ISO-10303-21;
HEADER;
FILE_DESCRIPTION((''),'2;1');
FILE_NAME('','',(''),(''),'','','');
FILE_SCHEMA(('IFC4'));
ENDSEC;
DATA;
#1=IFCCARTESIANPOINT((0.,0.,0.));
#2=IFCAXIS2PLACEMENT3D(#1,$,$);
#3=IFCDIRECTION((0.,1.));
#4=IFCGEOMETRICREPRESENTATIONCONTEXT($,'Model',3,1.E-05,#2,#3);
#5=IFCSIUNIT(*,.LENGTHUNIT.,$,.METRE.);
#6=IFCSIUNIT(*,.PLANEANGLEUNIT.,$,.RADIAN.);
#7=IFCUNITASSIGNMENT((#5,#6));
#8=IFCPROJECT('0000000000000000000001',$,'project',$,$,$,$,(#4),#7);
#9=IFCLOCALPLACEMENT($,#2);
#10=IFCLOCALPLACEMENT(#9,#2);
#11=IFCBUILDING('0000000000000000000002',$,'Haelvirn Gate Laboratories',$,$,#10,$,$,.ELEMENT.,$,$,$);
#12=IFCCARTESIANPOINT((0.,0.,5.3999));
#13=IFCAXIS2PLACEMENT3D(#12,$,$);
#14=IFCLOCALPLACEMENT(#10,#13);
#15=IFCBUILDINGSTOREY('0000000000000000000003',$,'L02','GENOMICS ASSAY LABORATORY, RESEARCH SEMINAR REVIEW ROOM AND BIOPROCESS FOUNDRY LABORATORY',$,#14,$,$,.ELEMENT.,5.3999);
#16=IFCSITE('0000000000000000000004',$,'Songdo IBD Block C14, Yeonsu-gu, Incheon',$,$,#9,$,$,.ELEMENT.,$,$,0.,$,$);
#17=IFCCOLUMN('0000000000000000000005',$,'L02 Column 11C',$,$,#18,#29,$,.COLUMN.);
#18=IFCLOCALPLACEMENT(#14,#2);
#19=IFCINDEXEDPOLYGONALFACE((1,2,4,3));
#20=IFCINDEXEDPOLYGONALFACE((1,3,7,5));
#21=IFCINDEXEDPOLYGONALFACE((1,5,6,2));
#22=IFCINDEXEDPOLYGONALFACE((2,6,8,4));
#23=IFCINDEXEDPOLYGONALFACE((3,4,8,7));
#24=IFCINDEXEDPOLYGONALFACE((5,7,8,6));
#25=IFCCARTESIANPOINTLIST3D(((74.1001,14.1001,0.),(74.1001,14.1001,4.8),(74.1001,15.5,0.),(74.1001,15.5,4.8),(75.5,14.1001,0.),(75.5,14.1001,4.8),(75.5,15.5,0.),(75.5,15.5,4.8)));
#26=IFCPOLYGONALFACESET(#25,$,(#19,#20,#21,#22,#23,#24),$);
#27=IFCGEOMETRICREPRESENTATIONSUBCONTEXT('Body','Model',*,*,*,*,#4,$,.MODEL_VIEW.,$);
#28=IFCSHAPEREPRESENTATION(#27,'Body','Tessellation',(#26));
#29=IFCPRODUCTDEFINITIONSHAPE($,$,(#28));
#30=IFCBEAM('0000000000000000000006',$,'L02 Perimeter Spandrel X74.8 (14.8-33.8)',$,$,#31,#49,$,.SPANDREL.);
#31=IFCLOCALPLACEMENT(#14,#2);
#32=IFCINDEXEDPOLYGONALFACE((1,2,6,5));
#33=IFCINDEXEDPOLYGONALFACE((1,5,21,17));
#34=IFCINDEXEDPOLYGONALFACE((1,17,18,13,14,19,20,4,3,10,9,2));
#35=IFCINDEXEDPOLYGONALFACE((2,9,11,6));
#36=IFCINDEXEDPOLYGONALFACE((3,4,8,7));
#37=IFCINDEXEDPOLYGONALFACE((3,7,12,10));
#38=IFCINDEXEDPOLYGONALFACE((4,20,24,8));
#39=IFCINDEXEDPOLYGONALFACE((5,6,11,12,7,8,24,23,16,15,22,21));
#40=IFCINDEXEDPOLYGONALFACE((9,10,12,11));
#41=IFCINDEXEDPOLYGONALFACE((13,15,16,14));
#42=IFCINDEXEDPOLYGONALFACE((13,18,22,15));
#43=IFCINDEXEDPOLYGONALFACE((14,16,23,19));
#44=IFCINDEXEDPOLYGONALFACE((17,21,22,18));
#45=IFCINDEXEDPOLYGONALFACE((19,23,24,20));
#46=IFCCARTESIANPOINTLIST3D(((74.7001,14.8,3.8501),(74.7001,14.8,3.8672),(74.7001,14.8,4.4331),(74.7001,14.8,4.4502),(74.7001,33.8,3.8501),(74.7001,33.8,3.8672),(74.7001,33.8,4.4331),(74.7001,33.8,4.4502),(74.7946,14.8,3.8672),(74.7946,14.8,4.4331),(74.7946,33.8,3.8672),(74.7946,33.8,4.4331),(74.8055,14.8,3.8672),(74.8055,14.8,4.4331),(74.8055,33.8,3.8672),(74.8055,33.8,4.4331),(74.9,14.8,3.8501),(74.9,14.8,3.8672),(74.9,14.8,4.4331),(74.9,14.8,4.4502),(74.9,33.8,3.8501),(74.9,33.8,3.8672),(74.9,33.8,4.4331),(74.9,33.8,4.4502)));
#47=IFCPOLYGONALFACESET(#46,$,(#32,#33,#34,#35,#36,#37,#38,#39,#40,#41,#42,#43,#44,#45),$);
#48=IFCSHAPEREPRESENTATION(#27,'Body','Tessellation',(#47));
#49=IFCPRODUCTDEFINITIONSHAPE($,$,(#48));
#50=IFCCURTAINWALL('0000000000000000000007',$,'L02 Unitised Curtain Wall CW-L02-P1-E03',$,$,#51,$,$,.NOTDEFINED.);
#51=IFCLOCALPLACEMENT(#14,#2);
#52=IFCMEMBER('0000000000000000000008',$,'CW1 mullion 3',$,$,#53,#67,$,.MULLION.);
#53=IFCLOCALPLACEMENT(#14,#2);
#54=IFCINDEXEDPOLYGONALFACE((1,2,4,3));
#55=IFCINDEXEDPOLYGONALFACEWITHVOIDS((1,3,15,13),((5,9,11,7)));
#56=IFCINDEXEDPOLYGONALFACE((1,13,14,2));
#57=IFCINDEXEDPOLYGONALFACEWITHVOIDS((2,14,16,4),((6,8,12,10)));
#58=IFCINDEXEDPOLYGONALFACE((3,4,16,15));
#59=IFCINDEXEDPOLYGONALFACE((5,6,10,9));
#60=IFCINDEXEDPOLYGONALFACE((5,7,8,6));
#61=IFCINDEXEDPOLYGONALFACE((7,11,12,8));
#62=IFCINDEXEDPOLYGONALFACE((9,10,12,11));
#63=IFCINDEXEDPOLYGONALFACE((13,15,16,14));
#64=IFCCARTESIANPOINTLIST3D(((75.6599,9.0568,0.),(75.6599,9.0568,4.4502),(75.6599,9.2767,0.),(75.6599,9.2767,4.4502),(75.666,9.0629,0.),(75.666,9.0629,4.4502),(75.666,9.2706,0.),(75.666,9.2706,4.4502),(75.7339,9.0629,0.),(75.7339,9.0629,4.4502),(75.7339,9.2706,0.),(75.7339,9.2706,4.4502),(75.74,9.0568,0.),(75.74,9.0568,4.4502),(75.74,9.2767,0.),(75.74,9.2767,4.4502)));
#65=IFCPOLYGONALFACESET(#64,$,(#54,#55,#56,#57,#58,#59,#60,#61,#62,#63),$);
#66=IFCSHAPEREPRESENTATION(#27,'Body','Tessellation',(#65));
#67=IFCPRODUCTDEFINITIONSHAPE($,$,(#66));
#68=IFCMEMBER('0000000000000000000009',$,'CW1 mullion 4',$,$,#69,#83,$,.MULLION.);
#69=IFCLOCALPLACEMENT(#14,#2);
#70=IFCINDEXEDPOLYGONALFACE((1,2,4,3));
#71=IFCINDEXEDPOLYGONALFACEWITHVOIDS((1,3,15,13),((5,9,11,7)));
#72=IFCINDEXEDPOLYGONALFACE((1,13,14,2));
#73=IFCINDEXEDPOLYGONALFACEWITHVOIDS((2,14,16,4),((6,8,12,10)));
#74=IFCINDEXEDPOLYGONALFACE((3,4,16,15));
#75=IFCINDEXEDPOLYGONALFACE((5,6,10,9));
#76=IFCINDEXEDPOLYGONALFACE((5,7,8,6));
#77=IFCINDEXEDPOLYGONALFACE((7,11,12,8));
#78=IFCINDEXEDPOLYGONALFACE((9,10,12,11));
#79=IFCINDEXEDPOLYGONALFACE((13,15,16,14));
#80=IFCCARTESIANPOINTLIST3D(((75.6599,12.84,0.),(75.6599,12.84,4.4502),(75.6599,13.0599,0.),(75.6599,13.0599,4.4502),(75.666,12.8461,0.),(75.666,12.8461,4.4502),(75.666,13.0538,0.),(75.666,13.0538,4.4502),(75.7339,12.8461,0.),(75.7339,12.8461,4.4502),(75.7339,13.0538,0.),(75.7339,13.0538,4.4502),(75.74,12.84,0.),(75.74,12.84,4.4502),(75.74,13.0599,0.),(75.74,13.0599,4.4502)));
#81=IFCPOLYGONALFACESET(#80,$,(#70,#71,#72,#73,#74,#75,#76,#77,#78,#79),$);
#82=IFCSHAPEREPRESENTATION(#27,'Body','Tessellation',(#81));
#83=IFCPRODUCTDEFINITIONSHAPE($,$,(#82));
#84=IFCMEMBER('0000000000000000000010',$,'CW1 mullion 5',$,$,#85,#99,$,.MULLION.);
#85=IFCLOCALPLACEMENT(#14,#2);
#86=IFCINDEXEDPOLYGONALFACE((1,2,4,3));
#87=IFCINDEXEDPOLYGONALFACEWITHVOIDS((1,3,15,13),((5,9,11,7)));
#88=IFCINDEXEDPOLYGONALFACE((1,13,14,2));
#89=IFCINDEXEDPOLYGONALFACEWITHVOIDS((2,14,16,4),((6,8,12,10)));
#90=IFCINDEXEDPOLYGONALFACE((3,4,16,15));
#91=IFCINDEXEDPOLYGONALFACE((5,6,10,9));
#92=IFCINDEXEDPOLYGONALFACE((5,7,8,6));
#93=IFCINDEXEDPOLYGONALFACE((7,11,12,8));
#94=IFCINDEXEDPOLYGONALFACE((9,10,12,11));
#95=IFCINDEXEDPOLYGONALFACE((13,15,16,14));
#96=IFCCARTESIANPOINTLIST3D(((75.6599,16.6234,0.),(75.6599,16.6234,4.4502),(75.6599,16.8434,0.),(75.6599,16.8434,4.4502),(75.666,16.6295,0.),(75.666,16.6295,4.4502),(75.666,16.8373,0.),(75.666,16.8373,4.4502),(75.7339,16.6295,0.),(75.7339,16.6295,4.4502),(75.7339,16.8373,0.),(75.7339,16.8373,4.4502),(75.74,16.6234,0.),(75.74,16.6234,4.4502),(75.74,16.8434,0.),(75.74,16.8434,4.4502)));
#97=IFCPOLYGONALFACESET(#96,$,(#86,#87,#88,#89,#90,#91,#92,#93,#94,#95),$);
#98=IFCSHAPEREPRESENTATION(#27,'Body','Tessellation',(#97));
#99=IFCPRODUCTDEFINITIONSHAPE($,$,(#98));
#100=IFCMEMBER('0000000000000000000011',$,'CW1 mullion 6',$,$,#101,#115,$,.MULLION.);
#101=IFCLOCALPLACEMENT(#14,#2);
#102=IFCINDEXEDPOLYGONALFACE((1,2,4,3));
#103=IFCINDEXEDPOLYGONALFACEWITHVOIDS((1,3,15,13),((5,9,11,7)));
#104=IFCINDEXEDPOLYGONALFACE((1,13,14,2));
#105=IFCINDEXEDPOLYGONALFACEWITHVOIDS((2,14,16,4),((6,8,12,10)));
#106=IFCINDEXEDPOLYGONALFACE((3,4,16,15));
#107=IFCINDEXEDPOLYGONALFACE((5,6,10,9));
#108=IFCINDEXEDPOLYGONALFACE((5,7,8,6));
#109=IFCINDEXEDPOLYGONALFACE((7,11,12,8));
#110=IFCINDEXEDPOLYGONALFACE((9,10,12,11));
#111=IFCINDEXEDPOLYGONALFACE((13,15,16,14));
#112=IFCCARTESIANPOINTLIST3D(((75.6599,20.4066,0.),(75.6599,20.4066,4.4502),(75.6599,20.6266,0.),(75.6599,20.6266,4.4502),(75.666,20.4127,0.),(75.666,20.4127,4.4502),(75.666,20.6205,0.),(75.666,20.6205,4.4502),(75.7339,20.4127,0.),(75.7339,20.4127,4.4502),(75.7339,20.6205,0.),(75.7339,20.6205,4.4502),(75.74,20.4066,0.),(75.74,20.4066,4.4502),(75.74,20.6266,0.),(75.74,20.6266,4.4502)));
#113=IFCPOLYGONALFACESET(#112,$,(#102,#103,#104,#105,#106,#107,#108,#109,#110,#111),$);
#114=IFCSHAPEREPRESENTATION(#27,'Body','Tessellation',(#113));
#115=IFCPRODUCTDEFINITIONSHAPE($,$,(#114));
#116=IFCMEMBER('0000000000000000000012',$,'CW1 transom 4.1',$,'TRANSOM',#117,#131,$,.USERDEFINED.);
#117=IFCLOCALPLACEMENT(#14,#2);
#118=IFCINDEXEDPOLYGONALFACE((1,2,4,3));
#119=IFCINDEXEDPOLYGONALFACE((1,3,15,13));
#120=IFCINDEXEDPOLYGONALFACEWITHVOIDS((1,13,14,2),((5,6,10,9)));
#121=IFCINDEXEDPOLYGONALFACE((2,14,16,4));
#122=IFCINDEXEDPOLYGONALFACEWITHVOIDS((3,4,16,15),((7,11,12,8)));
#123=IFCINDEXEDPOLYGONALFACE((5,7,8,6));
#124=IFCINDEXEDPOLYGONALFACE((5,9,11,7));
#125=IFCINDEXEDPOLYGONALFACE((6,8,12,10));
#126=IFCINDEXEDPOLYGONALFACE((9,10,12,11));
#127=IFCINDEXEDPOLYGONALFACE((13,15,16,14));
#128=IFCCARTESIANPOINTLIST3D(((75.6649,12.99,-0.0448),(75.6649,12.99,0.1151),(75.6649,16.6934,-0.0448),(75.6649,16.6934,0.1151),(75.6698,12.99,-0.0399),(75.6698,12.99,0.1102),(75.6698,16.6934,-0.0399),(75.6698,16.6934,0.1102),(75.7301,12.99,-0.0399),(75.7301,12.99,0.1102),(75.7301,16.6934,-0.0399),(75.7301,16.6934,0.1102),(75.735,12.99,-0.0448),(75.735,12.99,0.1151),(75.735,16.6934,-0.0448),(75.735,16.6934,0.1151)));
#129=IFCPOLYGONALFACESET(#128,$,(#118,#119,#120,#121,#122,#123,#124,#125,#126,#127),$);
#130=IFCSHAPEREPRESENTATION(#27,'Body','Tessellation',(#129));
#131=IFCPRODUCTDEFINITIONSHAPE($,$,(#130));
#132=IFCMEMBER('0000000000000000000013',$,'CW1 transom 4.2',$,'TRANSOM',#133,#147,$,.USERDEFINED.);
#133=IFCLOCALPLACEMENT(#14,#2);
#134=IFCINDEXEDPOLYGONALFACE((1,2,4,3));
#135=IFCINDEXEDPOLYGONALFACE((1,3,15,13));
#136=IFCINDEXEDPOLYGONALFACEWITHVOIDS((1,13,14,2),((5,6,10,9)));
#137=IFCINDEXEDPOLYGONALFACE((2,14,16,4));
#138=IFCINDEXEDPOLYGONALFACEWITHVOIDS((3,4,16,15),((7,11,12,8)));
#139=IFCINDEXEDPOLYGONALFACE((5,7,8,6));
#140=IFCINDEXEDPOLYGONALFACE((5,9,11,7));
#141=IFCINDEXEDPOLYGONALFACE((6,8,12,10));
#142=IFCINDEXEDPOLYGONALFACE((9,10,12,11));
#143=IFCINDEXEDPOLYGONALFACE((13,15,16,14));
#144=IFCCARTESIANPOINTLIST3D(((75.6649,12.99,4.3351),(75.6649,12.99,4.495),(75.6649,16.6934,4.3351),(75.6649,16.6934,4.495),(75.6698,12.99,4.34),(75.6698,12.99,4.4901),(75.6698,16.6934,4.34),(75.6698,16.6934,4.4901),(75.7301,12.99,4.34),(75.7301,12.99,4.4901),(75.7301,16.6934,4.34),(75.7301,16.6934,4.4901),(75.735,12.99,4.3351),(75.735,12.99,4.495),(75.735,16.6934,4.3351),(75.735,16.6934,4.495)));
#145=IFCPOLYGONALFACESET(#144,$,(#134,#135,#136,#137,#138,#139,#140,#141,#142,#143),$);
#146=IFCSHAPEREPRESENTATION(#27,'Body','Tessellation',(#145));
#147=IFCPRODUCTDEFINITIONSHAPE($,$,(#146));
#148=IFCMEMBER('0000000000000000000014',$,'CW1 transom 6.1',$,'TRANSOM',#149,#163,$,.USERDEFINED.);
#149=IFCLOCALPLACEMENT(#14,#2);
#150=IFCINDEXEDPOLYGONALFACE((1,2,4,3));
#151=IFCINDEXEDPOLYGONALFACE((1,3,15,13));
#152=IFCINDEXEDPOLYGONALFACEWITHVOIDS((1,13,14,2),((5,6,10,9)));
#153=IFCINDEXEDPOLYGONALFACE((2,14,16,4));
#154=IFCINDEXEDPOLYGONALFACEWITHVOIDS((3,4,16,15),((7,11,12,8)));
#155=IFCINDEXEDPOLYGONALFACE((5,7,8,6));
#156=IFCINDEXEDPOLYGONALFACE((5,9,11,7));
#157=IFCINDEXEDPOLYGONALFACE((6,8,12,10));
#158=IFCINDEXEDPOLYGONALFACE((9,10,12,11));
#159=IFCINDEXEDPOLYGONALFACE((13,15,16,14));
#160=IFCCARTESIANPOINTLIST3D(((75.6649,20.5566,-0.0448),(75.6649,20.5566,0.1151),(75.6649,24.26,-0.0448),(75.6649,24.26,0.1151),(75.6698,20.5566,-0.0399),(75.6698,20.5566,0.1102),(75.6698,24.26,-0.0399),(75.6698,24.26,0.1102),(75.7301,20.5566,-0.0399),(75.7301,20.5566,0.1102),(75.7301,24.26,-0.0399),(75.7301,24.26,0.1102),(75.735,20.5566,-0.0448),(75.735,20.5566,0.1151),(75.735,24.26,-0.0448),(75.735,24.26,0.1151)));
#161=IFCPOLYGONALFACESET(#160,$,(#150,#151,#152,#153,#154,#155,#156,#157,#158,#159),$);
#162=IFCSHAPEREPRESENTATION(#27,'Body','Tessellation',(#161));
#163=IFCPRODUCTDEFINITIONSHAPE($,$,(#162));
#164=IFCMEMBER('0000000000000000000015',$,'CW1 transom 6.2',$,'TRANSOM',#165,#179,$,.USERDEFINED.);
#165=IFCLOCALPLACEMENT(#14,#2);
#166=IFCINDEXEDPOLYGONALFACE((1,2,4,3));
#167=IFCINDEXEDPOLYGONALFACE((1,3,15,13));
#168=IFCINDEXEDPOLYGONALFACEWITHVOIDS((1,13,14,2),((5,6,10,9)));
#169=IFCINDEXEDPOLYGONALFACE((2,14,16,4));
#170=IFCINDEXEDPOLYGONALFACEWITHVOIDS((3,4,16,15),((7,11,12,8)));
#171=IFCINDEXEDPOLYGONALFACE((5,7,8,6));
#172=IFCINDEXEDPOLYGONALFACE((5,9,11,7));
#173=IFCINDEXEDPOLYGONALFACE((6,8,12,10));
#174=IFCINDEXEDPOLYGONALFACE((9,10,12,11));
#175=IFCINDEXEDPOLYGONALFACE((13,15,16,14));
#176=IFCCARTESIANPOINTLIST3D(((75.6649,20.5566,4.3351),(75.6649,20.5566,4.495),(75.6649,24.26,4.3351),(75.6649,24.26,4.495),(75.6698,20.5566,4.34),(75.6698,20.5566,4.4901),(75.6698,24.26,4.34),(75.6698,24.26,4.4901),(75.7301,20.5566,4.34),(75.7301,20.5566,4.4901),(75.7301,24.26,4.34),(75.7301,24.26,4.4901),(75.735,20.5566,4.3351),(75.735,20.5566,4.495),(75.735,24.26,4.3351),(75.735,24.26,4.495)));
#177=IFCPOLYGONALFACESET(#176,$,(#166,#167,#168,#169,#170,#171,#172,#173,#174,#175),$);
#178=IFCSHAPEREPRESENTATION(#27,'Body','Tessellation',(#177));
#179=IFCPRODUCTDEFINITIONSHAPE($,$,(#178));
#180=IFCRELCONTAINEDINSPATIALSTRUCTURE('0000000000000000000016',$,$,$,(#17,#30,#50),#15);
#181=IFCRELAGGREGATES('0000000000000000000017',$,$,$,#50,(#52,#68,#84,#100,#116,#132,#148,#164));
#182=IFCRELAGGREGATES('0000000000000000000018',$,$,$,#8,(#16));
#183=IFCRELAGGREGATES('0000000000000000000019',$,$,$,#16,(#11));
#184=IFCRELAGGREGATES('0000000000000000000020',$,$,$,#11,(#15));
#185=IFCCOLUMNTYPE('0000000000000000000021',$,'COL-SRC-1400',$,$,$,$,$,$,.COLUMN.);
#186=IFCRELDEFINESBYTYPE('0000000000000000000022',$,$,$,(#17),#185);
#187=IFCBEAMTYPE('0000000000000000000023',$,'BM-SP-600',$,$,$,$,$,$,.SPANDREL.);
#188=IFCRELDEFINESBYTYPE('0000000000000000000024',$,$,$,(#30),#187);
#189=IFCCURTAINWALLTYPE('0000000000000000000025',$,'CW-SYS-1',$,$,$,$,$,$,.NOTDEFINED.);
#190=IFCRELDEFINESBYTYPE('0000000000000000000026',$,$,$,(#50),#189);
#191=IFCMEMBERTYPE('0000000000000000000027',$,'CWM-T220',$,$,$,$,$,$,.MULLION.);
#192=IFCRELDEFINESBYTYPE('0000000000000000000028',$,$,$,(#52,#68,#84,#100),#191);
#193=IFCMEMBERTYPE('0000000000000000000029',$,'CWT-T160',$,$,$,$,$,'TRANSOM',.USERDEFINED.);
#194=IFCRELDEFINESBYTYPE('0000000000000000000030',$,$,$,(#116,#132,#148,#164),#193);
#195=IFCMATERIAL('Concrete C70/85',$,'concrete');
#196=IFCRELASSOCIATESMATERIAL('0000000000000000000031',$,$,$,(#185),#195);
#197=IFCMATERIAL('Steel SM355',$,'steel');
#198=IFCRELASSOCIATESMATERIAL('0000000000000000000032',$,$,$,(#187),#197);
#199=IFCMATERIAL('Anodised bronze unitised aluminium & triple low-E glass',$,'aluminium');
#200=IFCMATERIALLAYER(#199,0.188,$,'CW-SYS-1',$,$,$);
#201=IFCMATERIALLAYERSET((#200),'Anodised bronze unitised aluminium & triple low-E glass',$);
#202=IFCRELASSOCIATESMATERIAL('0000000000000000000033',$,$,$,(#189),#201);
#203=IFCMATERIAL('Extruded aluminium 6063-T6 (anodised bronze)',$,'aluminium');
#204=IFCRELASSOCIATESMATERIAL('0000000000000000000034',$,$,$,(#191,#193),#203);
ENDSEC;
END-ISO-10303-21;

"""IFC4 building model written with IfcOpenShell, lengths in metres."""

from ifc_helpers import new_model, si_unit, direction, frame, origin, origin_2d, place, context, subcontext, project, spatial, rectangle, hollow_rectangle, i_section, extrude, source, transform, mapped, material, layer, layer_set, material_profile, profile_set, type_object, type_shapes, element, aggregate, save


model = new_model("IFC4")

# Units and contexts
model_context = context("Model", 3, precision=1e-05, world=origin(), true_north=direction((0.0, 1.0)))
body_context = subcontext(model_context, "Body", "Model", "MODEL_VIEW")
ifc_project = project(units=[si_unit("LENGTHUNIT", "METRE"), si_unit("PLANEANGLEUNIT", "RADIAN")], contexts=[model_context])

# Site, building, storey
site_placement = place(None, origin())
site = spatial("IfcSite", under=ifc_project, at=site_placement, Name="Songdo IBD Block C14, Yeonsu-gu, Incheon", CompositionType="ELEMENT", RefElevation=0.0)
building_placement = place(site_placement, origin())
building = spatial("IfcBuilding", under=site, at=building_placement, Name="Haelvirn Gate Laboratories", CompositionType="ELEMENT")
storey_placement = place(building_placement, frame((0.0, 0.0, 5.3999)))
storey = spatial("IfcBuildingStorey", under=building, at=storey_placement, Name="L02", Description="GENOMICS ASSAY LABORATORY, RESEARCH SEMINAR REVIEW ROOM AND BIOPROCESS FOUNDRY LABORATORY", CompositionType="ELEMENT", Elevation=5.3999)

# Column
ifc_material_1 = material(Name="Concrete C70/85", Category="concrete")
ifc_material_profile_1 = material_profile(ifc_material_1, rectangle(XDim=1.3999, YDim=1.3999, at=origin_2d()), Name="SRC-1400x1400")
ifc_profile_set_1 = profile_set([ifc_material_profile_1], Name="Concrete C70/85")
column_type = type_object("IfcColumnType", Name="COL-SRC-1400", PredefinedType="COLUMN", material=ifc_profile_set_1)
shared_shape_1 = source(origin(), body_context, "Body", "SweptSolid", [
    extrude(rectangle(XDim=1.3999, YDim=1.3999, at=origin_2d()), origin(), (0.0, 0.0, 1.0), 4.8),
])
type_shapes(column_type, [shared_shape_1])
column_placement = place(storey_placement, frame((74.8, 14.8, 0.0), z_axis=(0.0, 0.0, 1.0), x_axis=(1.0, 0.0, 0.0)))
element("IfcColumn", 1, at=column_placement, inside=storey, type_object=column_type, Name="L02 Column 11C", PredefinedType="COLUMN", context=body_context, shape_type="MappedRepresentation", body=[
    mapped(shared_shape_1, transform((0.0, 0.0, 0.0), scale=1.0)),
])

# Beam
ifc_material_2 = material(Name="Steel SM355", Category="steel")
ifc_material_profile_2 = material_profile(ifc_material_2, i_section(OverallWidth=0.2, OverallDepth=0.6001, WebThickness=0.011, FlangeThickness=0.0171, at=origin_2d()), Name="H-600x200x11x17")
ifc_profile_set_2 = profile_set([ifc_material_profile_2], Name="Steel SM355")
beam_type = type_object("IfcBeamType", Name="BM-SP-600", PredefinedType="SPANDREL", material=ifc_profile_set_2)
shared_shape_2 = source(origin(), body_context, "Body", "SweptSolid", [
    extrude(i_section(OverallWidth=0.2, OverallDepth=0.6001, WebThickness=0.011, FlangeThickness=0.0171, at=origin_2d()), origin(), (0.0, 0.0, 1.0), 19.0),
])
type_shapes(beam_type, [shared_shape_2])
beam_placement = place(storey_placement, frame((74.8, 14.8, 4.1501), z_axis=(0.0, 1.0, 0.0), x_axis=(-1.0, 0.0, 0.0)))
element("IfcBeam", 2, at=beam_placement, inside=storey, type_object=beam_type, Name="L02 Perimeter Spandrel X74.8 (14.8-33.8)", PredefinedType="SPANDREL", context=body_context, shape_type="MappedRepresentation", body=[
    mapped(shared_shape_2, transform((0.0, 0.0, 0.0), scale=1.0)),
])

# Curtain wall, members
ifc_material_3 = material(Name="Anodised bronze unitised aluminium & triple low-E glass", Category="aluminium")
ifc_layer_1 = layer(ifc_material_3, 0.188, Name="CW-SYS-1")
ifc_layer_set_1 = layer_set([ifc_layer_1], Name="Anodised bronze unitised aluminium & triple low-E glass")
curtain_wall_type = type_object("IfcCurtainWallType", Name="CW-SYS-1", PredefinedType="NOTDEFINED", material=ifc_layer_set_1)
curtain_wall_placement = place(storey_placement, origin())
curtain_wall = element("IfcCurtainWall", 3, at=curtain_wall_placement, inside=storey, type_object=curtain_wall_type, Name="L02 Unitised Curtain Wall CW-L02-P1-E03", PredefinedType="NOTDEFINED")
ifc_material_4 = material(Name="Extruded aluminium 6063-T6 (anodised bronze)", Category="aluminium")
ifc_material_profile_3 = material_profile(ifc_material_4, hollow_rectangle(XDim=0.0801, YDim=0.22, WallThickness=0.0061, at=origin_2d()), Name="CWM-220x80x6")
ifc_profile_set_3 = profile_set([ifc_material_profile_3], Name="Extruded aluminium 6063-T6 (anodised bronze)")
member_type_1 = type_object("IfcMemberType", Name="CWM-T220", PredefinedType="MULLION", material=ifc_profile_set_3)
shared_shape_3 = source(origin(), body_context, "Body", "SweptSolid", [
    extrude(hollow_rectangle(XDim=0.0801, YDim=0.22, WallThickness=0.0061, at=origin_2d()), origin(), (0.0, 0.0, 1.0), 4.4502),
])
type_shapes(member_type_1, [shared_shape_3])
member_1_placement = place(storey_placement, frame((75.7, 9.1667, 0.0), z_axis=(0.0, 0.0, 1.0), x_axis=(-1.0, 0.0, 0.0)))
member_1 = element("IfcMember", 4, at=member_1_placement, type_object=member_type_1, Name="CW1 mullion 3", PredefinedType="MULLION", context=body_context, shape_type="MappedRepresentation", body=[
    mapped(shared_shape_3, transform((0.0, 0.0, 0.0), scale=1.0)),
])
member_2_placement = place(storey_placement, frame((75.7, 12.95, 0.0), z_axis=(0.0, 0.0, 1.0), x_axis=(-1.0, 0.0, 0.0)))
member_2 = element("IfcMember", 5, at=member_2_placement, type_object=member_type_1, Name="CW1 mullion 4", PredefinedType="MULLION", context=body_context, shape_type="MappedRepresentation", body=[
    mapped(shared_shape_3, transform((0.0, 0.0, 0.0), scale=1.0)),
])
member_3_placement = place(storey_placement, frame((75.7, 16.7334, 0.0), z_axis=(0.0, 0.0, 1.0), x_axis=(-1.0, 0.0, 0.0)))
member_3 = element("IfcMember", 6, at=member_3_placement, type_object=member_type_1, Name="CW1 mullion 5", PredefinedType="MULLION", context=body_context, shape_type="MappedRepresentation", body=[
    mapped(shared_shape_3, transform((0.0, 0.0, 0.0), scale=1.0)),
])
member_4_placement = place(storey_placement, frame((75.7, 20.5166, 0.0), z_axis=(0.0, 0.0, 1.0), x_axis=(-1.0, 0.0, 0.0)))
member_4 = element("IfcMember", 7, at=member_4_placement, type_object=member_type_1, Name="CW1 mullion 6", PredefinedType="MULLION", context=body_context, shape_type="MappedRepresentation", body=[
    mapped(shared_shape_3, transform((0.0, 0.0, 0.0), scale=1.0)),
])
ifc_material_profile_4 = material_profile(ifc_material_4, hollow_rectangle(XDim=0.0701, YDim=0.1599, WallThickness=0.0049, at=origin_2d()), Name="CWT-160x70x5")
ifc_profile_set_4 = profile_set([ifc_material_profile_4], Name="Extruded aluminium 6063-T6 (anodised bronze)")
member_type_2 = type_object("IfcMemberType", Name="CWT-T160", ElementType="TRANSOM", PredefinedType="USERDEFINED", material=ifc_profile_set_4)
shared_shape_4 = source(origin(), body_context, "Body", "SweptSolid", [
    extrude(hollow_rectangle(XDim=0.0701, YDim=0.1599, WallThickness=0.0049, at=origin_2d()), origin(), (0.0, 0.0, 1.0), 3.7034),
])
member_5_placement = place(storey_placement, frame((75.7, 12.99, 0.0352), z_axis=(0.0, 1.0, 0.0), x_axis=(-1.0, 0.0, 0.0)))
member_5 = element("IfcMember", 8, at=member_5_placement, type_object=member_type_2, Name="CW1 transom 4.1", ObjectType="TRANSOM", PredefinedType="USERDEFINED", context=body_context, shape_type="MappedRepresentation", body=[
    mapped(shared_shape_4, transform((0.0, 0.0, 0.0), scale=1.0)),
])
member_6_placement = place(storey_placement, frame((75.7, 12.99, 4.415), z_axis=(0.0, 1.0, 0.0), x_axis=(-1.0, 0.0, 0.0)))
member_6 = element("IfcMember", 9, at=member_6_placement, type_object=member_type_2, Name="CW1 transom 4.2", ObjectType="TRANSOM", PredefinedType="USERDEFINED", context=body_context, shape_type="MappedRepresentation", body=[
    mapped(shared_shape_4, transform((0.0, 0.0, 0.0), scale=1.0)),
])
member_7_placement = place(storey_placement, frame((75.7, 20.5566, 0.0352), z_axis=(0.0, 1.0, 0.0), x_axis=(-1.0, 0.0, 0.0)))
member_7 = element("IfcMember", 10, at=member_7_placement, type_object=member_type_2, Name="CW1 transom 6.1", ObjectType="TRANSOM", PredefinedType="USERDEFINED", context=body_context, shape_type="MappedRepresentation", body=[
    mapped(shared_shape_4, transform((0.0, 0.0, 0.0), scale=1.0)),
])
member_8_placement = place(storey_placement, frame((75.7, 20.5566, 4.415), z_axis=(0.0, 1.0, 0.0), x_axis=(-1.0, 0.0, 0.0)))
member_8 = element("IfcMember", 11, at=member_8_placement, type_object=member_type_2, Name="CW1 transom 6.2", ObjectType="TRANSOM", PredefinedType="USERDEFINED", context=body_context, shape_type="MappedRepresentation", body=[
    mapped(shared_shape_4, transform((0.0, 0.0, 0.0), scale=1.0)),
])
aggregate(curtain_wall, [member_1, member_2, member_3, member_4, member_5, member_6, member_7, member_8])

save(model, "model.ifc")
